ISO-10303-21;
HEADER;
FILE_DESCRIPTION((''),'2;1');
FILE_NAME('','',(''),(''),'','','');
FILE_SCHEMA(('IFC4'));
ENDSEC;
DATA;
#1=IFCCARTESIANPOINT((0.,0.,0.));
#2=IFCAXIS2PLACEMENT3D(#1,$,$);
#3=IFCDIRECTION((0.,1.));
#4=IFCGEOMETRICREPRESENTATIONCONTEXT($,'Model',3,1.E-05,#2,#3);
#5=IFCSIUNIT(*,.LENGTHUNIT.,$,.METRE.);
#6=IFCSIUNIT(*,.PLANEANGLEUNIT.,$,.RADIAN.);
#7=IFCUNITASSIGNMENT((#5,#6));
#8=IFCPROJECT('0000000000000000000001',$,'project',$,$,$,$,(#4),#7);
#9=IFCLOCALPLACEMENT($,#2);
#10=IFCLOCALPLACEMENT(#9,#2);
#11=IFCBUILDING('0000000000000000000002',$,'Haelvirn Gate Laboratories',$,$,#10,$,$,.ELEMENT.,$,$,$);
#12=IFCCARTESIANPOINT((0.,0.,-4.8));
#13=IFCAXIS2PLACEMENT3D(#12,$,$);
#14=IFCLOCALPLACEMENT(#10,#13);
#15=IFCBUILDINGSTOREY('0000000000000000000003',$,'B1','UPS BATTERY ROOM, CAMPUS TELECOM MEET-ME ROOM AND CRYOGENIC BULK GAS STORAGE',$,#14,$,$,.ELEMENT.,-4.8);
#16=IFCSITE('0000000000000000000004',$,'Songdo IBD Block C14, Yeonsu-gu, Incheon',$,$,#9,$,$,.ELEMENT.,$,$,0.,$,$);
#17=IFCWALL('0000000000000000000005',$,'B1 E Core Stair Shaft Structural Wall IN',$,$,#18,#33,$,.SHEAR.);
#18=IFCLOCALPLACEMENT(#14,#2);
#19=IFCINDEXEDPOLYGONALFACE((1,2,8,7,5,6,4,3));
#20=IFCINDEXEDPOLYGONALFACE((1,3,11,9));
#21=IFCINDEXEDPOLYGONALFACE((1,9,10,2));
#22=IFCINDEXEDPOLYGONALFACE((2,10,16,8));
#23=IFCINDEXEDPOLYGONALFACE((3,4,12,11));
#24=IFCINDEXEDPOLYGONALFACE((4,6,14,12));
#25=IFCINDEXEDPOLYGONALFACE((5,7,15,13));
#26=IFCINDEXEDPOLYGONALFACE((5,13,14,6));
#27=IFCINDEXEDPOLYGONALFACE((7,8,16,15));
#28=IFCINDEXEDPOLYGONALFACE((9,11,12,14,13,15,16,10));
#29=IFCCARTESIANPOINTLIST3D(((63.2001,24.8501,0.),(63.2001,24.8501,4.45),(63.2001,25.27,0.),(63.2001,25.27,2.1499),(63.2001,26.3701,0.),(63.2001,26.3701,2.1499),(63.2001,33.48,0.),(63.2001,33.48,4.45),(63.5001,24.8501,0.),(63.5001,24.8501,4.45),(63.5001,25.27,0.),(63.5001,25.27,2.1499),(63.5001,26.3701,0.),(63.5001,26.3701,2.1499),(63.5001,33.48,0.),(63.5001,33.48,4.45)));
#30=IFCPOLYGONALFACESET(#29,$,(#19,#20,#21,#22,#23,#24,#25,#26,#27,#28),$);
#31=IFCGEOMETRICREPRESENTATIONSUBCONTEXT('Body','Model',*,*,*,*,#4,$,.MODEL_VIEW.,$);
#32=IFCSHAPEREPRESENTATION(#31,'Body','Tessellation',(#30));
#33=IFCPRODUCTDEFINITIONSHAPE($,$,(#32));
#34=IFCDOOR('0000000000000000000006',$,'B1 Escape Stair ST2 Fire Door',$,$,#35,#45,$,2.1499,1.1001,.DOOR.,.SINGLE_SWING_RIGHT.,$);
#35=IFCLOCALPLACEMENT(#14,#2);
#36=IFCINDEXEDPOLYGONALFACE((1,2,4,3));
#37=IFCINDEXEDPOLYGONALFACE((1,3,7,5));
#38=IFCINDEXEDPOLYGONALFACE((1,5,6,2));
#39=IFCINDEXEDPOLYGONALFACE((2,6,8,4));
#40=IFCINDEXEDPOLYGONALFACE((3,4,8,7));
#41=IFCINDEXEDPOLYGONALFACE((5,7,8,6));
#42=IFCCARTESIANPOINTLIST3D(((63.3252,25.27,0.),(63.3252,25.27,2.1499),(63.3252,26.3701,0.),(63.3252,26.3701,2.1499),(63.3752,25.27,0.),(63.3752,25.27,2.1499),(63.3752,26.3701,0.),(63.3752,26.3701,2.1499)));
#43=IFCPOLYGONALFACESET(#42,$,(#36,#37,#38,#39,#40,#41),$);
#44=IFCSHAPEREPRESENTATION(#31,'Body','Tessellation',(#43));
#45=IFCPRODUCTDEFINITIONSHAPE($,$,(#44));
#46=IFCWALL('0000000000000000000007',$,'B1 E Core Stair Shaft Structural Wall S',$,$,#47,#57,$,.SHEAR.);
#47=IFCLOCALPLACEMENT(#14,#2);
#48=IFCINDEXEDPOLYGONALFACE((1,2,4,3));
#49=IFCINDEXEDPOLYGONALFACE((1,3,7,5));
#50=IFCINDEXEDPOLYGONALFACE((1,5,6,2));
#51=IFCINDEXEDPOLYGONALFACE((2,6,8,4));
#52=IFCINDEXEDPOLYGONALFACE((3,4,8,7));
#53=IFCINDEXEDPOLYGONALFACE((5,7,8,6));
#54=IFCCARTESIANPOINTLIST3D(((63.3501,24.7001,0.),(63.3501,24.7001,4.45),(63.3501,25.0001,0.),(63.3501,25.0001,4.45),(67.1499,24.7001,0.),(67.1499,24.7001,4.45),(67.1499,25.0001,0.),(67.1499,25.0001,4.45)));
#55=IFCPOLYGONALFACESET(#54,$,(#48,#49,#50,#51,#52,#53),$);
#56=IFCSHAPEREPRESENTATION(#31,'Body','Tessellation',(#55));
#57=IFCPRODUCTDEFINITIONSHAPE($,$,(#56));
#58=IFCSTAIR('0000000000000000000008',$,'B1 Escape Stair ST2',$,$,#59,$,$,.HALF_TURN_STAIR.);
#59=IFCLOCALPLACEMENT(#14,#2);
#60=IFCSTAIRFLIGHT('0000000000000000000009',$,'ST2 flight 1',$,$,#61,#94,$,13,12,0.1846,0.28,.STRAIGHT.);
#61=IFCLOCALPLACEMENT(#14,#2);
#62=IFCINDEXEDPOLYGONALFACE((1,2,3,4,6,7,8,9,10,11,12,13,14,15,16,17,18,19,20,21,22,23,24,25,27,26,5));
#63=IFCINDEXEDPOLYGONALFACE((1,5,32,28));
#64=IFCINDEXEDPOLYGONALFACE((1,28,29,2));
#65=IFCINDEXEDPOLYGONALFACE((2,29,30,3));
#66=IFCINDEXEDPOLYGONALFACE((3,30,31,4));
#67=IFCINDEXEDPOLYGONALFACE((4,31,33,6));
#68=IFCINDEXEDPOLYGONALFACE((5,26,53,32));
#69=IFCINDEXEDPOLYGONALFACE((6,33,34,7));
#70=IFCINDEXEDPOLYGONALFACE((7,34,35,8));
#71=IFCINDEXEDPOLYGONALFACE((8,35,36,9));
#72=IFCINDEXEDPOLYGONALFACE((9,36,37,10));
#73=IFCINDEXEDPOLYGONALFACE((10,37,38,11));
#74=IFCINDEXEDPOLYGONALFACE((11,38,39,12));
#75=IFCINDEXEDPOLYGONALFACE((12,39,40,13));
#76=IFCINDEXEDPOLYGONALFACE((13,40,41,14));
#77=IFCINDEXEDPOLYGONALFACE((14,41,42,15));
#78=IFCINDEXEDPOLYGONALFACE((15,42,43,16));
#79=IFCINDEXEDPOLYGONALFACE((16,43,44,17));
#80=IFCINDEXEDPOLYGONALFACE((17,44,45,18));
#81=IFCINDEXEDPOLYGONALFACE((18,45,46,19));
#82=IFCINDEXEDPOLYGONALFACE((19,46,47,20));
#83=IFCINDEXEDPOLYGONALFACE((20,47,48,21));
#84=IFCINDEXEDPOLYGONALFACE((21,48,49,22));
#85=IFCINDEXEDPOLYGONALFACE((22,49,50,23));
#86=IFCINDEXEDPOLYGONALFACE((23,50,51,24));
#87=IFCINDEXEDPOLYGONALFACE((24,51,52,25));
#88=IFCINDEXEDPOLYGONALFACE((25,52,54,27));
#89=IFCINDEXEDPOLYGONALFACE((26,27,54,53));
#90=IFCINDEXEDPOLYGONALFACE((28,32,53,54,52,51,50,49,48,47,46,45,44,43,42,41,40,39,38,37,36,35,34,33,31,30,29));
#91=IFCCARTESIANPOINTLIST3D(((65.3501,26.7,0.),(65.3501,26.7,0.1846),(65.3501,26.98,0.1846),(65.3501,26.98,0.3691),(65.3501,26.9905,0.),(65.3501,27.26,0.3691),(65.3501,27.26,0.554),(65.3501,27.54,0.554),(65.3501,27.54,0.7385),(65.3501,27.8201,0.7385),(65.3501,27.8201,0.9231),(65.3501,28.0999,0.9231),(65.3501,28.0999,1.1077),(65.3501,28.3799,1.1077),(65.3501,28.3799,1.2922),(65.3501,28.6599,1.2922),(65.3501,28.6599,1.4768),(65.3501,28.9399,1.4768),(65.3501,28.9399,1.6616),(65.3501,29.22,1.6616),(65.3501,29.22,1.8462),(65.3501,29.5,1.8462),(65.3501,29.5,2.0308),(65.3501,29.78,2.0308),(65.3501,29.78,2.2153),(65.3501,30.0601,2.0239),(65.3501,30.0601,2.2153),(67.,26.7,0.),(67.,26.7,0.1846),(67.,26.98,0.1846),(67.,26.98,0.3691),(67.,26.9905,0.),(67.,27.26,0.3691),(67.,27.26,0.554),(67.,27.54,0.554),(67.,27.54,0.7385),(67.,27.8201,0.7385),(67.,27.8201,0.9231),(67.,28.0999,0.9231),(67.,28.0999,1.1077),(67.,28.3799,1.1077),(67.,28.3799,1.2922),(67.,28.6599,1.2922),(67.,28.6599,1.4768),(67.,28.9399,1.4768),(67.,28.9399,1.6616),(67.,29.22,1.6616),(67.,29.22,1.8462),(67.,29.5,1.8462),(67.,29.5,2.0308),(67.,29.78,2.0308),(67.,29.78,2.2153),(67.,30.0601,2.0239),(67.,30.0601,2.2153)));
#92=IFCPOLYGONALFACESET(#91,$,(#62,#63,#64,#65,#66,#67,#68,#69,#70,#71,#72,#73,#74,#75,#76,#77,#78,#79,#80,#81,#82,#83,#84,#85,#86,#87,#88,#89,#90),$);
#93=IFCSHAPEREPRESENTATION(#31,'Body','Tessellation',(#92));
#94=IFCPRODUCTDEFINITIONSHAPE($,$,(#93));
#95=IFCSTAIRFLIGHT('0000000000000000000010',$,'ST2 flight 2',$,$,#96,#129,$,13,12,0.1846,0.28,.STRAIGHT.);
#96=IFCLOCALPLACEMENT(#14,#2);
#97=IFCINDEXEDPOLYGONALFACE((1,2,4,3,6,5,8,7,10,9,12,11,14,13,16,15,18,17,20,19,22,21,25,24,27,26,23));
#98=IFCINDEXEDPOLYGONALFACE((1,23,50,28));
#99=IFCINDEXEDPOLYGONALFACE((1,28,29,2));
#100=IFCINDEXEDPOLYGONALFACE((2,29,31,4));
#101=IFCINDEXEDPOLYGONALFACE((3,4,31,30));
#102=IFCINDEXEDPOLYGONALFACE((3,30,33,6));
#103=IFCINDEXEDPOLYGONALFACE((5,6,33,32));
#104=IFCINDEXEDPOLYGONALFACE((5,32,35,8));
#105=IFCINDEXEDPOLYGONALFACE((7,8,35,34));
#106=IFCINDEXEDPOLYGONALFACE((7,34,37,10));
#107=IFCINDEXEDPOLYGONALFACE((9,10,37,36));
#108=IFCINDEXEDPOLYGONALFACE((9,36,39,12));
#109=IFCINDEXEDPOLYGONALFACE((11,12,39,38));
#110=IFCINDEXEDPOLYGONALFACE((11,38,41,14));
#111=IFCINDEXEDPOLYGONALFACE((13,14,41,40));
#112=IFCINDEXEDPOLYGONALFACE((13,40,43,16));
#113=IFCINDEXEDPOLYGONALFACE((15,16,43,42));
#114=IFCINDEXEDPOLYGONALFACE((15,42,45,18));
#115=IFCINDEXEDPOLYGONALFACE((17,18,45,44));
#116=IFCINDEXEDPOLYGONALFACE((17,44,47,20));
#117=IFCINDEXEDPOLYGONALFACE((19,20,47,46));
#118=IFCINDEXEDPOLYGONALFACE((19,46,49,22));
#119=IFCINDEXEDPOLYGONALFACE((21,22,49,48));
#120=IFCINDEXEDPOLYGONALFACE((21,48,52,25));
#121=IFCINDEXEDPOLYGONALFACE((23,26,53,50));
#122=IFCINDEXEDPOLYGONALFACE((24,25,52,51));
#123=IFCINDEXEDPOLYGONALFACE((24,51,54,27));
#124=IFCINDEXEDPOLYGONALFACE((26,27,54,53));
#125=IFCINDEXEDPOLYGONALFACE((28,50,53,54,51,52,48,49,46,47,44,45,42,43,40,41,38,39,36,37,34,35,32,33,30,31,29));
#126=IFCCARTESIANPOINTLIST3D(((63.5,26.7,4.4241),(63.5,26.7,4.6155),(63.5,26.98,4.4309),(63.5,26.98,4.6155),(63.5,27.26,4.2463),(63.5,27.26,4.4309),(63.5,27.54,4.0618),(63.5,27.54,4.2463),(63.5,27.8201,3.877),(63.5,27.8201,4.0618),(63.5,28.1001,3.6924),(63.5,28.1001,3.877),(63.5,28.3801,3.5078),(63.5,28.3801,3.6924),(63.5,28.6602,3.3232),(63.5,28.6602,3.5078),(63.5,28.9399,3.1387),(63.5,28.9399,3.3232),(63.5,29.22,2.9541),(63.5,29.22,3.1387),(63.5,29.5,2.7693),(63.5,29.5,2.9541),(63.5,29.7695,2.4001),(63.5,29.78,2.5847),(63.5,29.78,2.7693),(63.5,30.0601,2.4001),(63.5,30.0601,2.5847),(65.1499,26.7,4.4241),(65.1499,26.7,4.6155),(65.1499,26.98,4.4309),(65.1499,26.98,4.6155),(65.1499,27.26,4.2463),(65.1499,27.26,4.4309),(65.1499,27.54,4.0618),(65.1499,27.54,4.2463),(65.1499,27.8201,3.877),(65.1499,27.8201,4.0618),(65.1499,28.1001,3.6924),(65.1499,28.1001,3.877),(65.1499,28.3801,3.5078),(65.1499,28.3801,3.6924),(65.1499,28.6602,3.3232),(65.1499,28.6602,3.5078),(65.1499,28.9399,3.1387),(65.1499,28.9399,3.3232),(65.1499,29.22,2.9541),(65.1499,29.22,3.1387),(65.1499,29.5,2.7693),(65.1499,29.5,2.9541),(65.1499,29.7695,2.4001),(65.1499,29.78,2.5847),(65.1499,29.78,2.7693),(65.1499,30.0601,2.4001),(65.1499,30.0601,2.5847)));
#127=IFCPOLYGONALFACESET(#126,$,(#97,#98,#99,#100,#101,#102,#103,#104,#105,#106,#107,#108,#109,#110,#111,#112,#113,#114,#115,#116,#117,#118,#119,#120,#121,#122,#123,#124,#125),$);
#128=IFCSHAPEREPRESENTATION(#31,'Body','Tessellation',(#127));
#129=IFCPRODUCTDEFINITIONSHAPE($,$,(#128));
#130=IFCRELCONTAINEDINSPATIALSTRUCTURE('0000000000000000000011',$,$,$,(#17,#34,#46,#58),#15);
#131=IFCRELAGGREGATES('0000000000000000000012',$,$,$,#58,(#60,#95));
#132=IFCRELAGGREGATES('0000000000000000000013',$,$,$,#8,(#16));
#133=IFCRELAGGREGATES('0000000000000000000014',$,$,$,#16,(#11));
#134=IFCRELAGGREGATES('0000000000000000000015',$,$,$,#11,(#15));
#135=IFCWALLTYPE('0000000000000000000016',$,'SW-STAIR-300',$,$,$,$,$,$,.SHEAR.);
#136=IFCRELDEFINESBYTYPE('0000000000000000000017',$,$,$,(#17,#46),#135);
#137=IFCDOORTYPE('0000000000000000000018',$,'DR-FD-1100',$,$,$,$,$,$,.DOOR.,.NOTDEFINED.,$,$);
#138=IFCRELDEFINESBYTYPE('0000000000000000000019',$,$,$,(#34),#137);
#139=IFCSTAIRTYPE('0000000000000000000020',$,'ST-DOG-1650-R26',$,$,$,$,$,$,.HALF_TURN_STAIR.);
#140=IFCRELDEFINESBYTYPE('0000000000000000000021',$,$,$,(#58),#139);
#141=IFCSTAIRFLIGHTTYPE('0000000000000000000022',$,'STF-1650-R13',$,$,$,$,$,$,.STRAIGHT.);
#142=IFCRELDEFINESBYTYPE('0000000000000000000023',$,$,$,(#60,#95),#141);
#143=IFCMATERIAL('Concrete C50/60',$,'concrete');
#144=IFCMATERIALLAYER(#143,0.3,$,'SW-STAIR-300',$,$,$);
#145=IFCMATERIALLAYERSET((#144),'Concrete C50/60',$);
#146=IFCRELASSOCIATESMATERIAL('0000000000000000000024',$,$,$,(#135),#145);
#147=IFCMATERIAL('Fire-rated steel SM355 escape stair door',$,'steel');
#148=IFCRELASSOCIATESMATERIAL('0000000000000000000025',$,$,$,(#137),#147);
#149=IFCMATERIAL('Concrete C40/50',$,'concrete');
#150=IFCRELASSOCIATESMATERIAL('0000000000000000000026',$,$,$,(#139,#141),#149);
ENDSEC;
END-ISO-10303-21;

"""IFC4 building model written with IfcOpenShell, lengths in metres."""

from ifc_helpers import new_model, si_unit, direction, frame, frame_2d, origin, place, context, subcontext, project, spatial, polyline, rectangle, outline, extrude, source, transform, mapped, material, layer, layer_set, type_object, type_shapes, element, fill, aggregate, save


model = new_model("IFC4")

# Units and contexts
model_context = context("Model", 3, precision=1e-05, world=origin(), true_north=direction((0.0, 1.0)))
body_context = subcontext(model_context, "Body", "Model", "MODEL_VIEW")
ifc_project = project(units=[si_unit("LENGTHUNIT", "METRE"), si_unit("PLANEANGLEUNIT", "RADIAN")], contexts=[model_context])

# Site, building, storey
site_placement = place(None, origin())
site = spatial("IfcSite", under=ifc_project, at=site_placement, Name="Songdo IBD Block C14, Yeonsu-gu, Incheon", CompositionType="ELEMENT", RefElevation=0.0)
building_placement = place(site_placement, origin())
building = spatial("IfcBuilding", under=site, at=building_placement, Name="Haelvirn Gate Laboratories", CompositionType="ELEMENT")
storey_placement = place(building_placement, frame((0.0, 0.0, -4.8)))
storey = spatial("IfcBuildingStorey", under=building, at=storey_placement, Name="B1", Description="UPS BATTERY ROOM, CAMPUS TELECOM MEET-ME ROOM AND CRYOGENIC BULK GAS STORAGE", CompositionType="ELEMENT", Elevation=-4.8)

# Shared definitions
ifc_material_1 = material(Name="Concrete C50/60", Category="concrete")

# Wall, opening, door
ifc_layer_1 = layer(ifc_material_1, 0.3, Name="SW-STAIR-300")
ifc_layer_set_1 = layer_set([ifc_layer_1], Name="Concrete C50/60")
wall_type_1 = type_object("IfcWallType", Name="SW-STAIR-300", PredefinedType="SHEAR", material=ifc_layer_set_1)
wall_1_placement = place(storey_placement, frame((63.3501, 24.8501, 0.0), z_axis=(0.0, 0.0, 1.0), x_axis=(0.0, 1.0, 0.0)))
wall_1 = element("IfcWall", 1, at=wall_1_placement, inside=storey, type_object=wall_type_1, Name="B1 E Core Stair Shaft Structural Wall IN", PredefinedType="SHEAR", context=body_context, shape_type="SweptSolid", body=[
    extrude(rectangle(XDim=8.6299, YDim=0.3, at=frame_2d((4.3149, 0.0))), origin(), (0.0, 0.0, 1.0), 4.45),
])
opening_placement = place(wall_1_placement, frame((0.4199, 0.0, 0.0)))
opening = element("IfcOpeningElement", 2, at=opening_placement, cuts=wall_1, PredefinedType="OPENING", context=body_context, shape_type="SweptSolid", body=[
    extrude(rectangle(XDim=1.1001, YDim=2.1499, at=frame_2d((0.55, 1.075))), frame((0.0, 0.1602, 0.0), z_axis=(0.0, -1.0, 0.0), x_axis=(1.0, 0.0, 0.0)), (0.0, 0.0, 1.0), 0.3201),
])
ifc_material_2 = material(Name="Fire-rated steel SM355 escape stair door", Category="steel")
door_type = type_object("IfcDoorType", Name="DR-FD-1100", OperationType="NOTDEFINED", PredefinedType="DOOR", material=ifc_material_2)
shared_shape_1 = source(origin(), body_context, "Body", "SweptSolid", [
    extrude(rectangle(XDim=1.1001, YDim=2.1499, at=frame_2d((0.55, 1.075))), frame((0.0, 0.0249, 0.0), z_axis=(0.0, -1.0, 0.0), x_axis=(1.0, 0.0, 0.0)), (0.0, 0.0, 1.0), 0.05),
])
type_shapes(door_type, [shared_shape_1])
door_placement = place(opening_placement, origin())
door = element("IfcDoor", 3, at=door_placement, inside=storey, type_object=door_type, Name="B1 Escape Stair ST2 Fire Door", OperationType="SINGLE_SWING_RIGHT", OverallHeight=2.1499, OverallWidth=1.1001, PredefinedType="DOOR", context=body_context, shape_type="MappedRepresentation", body=[
    mapped(shared_shape_1, transform((0.0, 0.0, 0.0), scale=1.0)),
])
fill(opening, door)

# Wall
wall_2_placement = place(storey_placement, frame((63.3501, 24.8501, 0.0), z_axis=(0.0, 0.0, 1.0), x_axis=(1.0, 0.0, 0.0)))
element("IfcWall", 4, at=wall_2_placement, inside=storey, type_object=wall_type_1, Name="B1 E Core Stair Shaft Structural Wall S", PredefinedType="SHEAR", context=body_context, shape_type="SweptSolid", body=[
    extrude(rectangle(XDim=3.7998, YDim=0.3, at=frame_2d((1.8999, 0.0))), origin(), (0.0, 0.0, 1.0), 4.45),
])

# Stair, stair flights
ifc_material_3 = material(Name="Concrete C40/50", Category="concrete")
stair_type = type_object("IfcStairType", Name="ST-DOG-1650-R26", PredefinedType="HALF_TURN_STAIR", material=ifc_material_3)
stair_placement = place(storey_placement, origin())
stair = element("IfcStair", 5, at=stair_placement, inside=storey, type_object=stair_type, Name="B1 Escape Stair ST2", PredefinedType="HALF_TURN_STAIR")
stair_flight_type = type_object("IfcStairFlightType", Name="STF-1650-R13", PredefinedType="STRAIGHT", material=ifc_material_3)
shared_shape_2 = source(origin(), body_context, "Body", "SweptSolid", [
    extrude(outline(polyline([(0.0, 0.0), (0.0, 0.1846), (0.28, 0.1846), (0.28, 0.3691), (0.5601, 0.3691), (0.5601, 0.554), (0.8401, 0.554), (0.8401, 0.7385), (1.1201, 0.7385), (1.1201, 0.9231), (1.3999, 0.9231), (1.3999, 1.1077), (1.6799, 1.1077), (1.6799, 1.2922), (1.96, 1.2922), (1.96, 1.4768), (2.24, 1.4768), (2.24, 1.6616), (2.52, 1.6616), (2.52, 1.8462), (2.8, 1.8462), (2.8, 2.0308), (3.0801, 2.0308), (3.0801, 2.2153), (3.3601, 2.2153), (3.3601, 2.3999), (3.3601, 2.0239), (0.2905, 0.0), (0.0, 0.0)])), frame((0.0, 0.825, 0.0), z_axis=(0.0, -1.0, 0.0), x_axis=(1.0, 0.0, 0.0)), (0.0, 0.0, 1.0), 1.6499),
])
type_shapes(stair_flight_type, [shared_shape_2])
stair_flight_1_placement = place(storey_placement, frame((66.175, 26.7, 0.0), z_axis=(0.0, 0.0, 1.0), x_axis=(0.0, 1.0, 0.0)))
stair_flight_1 = element("IfcStairFlight", 6, at=stair_flight_1_placement, type_object=stair_flight_type, Name="ST2 flight 1", NumberOfRisers=13, NumberOfTreads=12, PredefinedType="STRAIGHT", RiserHeight=0.1846, TreadLength=0.28, context=body_context, shape_type="MappedRepresentation", body=[
    mapped(shared_shape_2, transform((0.0, 0.0, 0.0), scale=1.0)),
])
stair_flight_2_placement = place(storey_placement, frame((64.325, 30.0601, 2.4001), z_axis=(0.0, 0.0, 1.0), x_axis=(0.0, -1.0, 0.0)))
stair_flight_2 = element("IfcStairFlight", 7, at=stair_flight_2_placement, type_object=stair_flight_type, Name="ST2 flight 2", NumberOfRisers=13, NumberOfTreads=12, PredefinedType="STRAIGHT", RiserHeight=0.1846, TreadLength=0.28, context=body_context, shape_type="MappedRepresentation", body=[
    mapped(shared_shape_2, transform((0.0, 0.0, 0.0), scale=1.0)),
])
aggregate(stair, [stair_flight_1, stair_flight_2])

save(model, "model.ifc")
